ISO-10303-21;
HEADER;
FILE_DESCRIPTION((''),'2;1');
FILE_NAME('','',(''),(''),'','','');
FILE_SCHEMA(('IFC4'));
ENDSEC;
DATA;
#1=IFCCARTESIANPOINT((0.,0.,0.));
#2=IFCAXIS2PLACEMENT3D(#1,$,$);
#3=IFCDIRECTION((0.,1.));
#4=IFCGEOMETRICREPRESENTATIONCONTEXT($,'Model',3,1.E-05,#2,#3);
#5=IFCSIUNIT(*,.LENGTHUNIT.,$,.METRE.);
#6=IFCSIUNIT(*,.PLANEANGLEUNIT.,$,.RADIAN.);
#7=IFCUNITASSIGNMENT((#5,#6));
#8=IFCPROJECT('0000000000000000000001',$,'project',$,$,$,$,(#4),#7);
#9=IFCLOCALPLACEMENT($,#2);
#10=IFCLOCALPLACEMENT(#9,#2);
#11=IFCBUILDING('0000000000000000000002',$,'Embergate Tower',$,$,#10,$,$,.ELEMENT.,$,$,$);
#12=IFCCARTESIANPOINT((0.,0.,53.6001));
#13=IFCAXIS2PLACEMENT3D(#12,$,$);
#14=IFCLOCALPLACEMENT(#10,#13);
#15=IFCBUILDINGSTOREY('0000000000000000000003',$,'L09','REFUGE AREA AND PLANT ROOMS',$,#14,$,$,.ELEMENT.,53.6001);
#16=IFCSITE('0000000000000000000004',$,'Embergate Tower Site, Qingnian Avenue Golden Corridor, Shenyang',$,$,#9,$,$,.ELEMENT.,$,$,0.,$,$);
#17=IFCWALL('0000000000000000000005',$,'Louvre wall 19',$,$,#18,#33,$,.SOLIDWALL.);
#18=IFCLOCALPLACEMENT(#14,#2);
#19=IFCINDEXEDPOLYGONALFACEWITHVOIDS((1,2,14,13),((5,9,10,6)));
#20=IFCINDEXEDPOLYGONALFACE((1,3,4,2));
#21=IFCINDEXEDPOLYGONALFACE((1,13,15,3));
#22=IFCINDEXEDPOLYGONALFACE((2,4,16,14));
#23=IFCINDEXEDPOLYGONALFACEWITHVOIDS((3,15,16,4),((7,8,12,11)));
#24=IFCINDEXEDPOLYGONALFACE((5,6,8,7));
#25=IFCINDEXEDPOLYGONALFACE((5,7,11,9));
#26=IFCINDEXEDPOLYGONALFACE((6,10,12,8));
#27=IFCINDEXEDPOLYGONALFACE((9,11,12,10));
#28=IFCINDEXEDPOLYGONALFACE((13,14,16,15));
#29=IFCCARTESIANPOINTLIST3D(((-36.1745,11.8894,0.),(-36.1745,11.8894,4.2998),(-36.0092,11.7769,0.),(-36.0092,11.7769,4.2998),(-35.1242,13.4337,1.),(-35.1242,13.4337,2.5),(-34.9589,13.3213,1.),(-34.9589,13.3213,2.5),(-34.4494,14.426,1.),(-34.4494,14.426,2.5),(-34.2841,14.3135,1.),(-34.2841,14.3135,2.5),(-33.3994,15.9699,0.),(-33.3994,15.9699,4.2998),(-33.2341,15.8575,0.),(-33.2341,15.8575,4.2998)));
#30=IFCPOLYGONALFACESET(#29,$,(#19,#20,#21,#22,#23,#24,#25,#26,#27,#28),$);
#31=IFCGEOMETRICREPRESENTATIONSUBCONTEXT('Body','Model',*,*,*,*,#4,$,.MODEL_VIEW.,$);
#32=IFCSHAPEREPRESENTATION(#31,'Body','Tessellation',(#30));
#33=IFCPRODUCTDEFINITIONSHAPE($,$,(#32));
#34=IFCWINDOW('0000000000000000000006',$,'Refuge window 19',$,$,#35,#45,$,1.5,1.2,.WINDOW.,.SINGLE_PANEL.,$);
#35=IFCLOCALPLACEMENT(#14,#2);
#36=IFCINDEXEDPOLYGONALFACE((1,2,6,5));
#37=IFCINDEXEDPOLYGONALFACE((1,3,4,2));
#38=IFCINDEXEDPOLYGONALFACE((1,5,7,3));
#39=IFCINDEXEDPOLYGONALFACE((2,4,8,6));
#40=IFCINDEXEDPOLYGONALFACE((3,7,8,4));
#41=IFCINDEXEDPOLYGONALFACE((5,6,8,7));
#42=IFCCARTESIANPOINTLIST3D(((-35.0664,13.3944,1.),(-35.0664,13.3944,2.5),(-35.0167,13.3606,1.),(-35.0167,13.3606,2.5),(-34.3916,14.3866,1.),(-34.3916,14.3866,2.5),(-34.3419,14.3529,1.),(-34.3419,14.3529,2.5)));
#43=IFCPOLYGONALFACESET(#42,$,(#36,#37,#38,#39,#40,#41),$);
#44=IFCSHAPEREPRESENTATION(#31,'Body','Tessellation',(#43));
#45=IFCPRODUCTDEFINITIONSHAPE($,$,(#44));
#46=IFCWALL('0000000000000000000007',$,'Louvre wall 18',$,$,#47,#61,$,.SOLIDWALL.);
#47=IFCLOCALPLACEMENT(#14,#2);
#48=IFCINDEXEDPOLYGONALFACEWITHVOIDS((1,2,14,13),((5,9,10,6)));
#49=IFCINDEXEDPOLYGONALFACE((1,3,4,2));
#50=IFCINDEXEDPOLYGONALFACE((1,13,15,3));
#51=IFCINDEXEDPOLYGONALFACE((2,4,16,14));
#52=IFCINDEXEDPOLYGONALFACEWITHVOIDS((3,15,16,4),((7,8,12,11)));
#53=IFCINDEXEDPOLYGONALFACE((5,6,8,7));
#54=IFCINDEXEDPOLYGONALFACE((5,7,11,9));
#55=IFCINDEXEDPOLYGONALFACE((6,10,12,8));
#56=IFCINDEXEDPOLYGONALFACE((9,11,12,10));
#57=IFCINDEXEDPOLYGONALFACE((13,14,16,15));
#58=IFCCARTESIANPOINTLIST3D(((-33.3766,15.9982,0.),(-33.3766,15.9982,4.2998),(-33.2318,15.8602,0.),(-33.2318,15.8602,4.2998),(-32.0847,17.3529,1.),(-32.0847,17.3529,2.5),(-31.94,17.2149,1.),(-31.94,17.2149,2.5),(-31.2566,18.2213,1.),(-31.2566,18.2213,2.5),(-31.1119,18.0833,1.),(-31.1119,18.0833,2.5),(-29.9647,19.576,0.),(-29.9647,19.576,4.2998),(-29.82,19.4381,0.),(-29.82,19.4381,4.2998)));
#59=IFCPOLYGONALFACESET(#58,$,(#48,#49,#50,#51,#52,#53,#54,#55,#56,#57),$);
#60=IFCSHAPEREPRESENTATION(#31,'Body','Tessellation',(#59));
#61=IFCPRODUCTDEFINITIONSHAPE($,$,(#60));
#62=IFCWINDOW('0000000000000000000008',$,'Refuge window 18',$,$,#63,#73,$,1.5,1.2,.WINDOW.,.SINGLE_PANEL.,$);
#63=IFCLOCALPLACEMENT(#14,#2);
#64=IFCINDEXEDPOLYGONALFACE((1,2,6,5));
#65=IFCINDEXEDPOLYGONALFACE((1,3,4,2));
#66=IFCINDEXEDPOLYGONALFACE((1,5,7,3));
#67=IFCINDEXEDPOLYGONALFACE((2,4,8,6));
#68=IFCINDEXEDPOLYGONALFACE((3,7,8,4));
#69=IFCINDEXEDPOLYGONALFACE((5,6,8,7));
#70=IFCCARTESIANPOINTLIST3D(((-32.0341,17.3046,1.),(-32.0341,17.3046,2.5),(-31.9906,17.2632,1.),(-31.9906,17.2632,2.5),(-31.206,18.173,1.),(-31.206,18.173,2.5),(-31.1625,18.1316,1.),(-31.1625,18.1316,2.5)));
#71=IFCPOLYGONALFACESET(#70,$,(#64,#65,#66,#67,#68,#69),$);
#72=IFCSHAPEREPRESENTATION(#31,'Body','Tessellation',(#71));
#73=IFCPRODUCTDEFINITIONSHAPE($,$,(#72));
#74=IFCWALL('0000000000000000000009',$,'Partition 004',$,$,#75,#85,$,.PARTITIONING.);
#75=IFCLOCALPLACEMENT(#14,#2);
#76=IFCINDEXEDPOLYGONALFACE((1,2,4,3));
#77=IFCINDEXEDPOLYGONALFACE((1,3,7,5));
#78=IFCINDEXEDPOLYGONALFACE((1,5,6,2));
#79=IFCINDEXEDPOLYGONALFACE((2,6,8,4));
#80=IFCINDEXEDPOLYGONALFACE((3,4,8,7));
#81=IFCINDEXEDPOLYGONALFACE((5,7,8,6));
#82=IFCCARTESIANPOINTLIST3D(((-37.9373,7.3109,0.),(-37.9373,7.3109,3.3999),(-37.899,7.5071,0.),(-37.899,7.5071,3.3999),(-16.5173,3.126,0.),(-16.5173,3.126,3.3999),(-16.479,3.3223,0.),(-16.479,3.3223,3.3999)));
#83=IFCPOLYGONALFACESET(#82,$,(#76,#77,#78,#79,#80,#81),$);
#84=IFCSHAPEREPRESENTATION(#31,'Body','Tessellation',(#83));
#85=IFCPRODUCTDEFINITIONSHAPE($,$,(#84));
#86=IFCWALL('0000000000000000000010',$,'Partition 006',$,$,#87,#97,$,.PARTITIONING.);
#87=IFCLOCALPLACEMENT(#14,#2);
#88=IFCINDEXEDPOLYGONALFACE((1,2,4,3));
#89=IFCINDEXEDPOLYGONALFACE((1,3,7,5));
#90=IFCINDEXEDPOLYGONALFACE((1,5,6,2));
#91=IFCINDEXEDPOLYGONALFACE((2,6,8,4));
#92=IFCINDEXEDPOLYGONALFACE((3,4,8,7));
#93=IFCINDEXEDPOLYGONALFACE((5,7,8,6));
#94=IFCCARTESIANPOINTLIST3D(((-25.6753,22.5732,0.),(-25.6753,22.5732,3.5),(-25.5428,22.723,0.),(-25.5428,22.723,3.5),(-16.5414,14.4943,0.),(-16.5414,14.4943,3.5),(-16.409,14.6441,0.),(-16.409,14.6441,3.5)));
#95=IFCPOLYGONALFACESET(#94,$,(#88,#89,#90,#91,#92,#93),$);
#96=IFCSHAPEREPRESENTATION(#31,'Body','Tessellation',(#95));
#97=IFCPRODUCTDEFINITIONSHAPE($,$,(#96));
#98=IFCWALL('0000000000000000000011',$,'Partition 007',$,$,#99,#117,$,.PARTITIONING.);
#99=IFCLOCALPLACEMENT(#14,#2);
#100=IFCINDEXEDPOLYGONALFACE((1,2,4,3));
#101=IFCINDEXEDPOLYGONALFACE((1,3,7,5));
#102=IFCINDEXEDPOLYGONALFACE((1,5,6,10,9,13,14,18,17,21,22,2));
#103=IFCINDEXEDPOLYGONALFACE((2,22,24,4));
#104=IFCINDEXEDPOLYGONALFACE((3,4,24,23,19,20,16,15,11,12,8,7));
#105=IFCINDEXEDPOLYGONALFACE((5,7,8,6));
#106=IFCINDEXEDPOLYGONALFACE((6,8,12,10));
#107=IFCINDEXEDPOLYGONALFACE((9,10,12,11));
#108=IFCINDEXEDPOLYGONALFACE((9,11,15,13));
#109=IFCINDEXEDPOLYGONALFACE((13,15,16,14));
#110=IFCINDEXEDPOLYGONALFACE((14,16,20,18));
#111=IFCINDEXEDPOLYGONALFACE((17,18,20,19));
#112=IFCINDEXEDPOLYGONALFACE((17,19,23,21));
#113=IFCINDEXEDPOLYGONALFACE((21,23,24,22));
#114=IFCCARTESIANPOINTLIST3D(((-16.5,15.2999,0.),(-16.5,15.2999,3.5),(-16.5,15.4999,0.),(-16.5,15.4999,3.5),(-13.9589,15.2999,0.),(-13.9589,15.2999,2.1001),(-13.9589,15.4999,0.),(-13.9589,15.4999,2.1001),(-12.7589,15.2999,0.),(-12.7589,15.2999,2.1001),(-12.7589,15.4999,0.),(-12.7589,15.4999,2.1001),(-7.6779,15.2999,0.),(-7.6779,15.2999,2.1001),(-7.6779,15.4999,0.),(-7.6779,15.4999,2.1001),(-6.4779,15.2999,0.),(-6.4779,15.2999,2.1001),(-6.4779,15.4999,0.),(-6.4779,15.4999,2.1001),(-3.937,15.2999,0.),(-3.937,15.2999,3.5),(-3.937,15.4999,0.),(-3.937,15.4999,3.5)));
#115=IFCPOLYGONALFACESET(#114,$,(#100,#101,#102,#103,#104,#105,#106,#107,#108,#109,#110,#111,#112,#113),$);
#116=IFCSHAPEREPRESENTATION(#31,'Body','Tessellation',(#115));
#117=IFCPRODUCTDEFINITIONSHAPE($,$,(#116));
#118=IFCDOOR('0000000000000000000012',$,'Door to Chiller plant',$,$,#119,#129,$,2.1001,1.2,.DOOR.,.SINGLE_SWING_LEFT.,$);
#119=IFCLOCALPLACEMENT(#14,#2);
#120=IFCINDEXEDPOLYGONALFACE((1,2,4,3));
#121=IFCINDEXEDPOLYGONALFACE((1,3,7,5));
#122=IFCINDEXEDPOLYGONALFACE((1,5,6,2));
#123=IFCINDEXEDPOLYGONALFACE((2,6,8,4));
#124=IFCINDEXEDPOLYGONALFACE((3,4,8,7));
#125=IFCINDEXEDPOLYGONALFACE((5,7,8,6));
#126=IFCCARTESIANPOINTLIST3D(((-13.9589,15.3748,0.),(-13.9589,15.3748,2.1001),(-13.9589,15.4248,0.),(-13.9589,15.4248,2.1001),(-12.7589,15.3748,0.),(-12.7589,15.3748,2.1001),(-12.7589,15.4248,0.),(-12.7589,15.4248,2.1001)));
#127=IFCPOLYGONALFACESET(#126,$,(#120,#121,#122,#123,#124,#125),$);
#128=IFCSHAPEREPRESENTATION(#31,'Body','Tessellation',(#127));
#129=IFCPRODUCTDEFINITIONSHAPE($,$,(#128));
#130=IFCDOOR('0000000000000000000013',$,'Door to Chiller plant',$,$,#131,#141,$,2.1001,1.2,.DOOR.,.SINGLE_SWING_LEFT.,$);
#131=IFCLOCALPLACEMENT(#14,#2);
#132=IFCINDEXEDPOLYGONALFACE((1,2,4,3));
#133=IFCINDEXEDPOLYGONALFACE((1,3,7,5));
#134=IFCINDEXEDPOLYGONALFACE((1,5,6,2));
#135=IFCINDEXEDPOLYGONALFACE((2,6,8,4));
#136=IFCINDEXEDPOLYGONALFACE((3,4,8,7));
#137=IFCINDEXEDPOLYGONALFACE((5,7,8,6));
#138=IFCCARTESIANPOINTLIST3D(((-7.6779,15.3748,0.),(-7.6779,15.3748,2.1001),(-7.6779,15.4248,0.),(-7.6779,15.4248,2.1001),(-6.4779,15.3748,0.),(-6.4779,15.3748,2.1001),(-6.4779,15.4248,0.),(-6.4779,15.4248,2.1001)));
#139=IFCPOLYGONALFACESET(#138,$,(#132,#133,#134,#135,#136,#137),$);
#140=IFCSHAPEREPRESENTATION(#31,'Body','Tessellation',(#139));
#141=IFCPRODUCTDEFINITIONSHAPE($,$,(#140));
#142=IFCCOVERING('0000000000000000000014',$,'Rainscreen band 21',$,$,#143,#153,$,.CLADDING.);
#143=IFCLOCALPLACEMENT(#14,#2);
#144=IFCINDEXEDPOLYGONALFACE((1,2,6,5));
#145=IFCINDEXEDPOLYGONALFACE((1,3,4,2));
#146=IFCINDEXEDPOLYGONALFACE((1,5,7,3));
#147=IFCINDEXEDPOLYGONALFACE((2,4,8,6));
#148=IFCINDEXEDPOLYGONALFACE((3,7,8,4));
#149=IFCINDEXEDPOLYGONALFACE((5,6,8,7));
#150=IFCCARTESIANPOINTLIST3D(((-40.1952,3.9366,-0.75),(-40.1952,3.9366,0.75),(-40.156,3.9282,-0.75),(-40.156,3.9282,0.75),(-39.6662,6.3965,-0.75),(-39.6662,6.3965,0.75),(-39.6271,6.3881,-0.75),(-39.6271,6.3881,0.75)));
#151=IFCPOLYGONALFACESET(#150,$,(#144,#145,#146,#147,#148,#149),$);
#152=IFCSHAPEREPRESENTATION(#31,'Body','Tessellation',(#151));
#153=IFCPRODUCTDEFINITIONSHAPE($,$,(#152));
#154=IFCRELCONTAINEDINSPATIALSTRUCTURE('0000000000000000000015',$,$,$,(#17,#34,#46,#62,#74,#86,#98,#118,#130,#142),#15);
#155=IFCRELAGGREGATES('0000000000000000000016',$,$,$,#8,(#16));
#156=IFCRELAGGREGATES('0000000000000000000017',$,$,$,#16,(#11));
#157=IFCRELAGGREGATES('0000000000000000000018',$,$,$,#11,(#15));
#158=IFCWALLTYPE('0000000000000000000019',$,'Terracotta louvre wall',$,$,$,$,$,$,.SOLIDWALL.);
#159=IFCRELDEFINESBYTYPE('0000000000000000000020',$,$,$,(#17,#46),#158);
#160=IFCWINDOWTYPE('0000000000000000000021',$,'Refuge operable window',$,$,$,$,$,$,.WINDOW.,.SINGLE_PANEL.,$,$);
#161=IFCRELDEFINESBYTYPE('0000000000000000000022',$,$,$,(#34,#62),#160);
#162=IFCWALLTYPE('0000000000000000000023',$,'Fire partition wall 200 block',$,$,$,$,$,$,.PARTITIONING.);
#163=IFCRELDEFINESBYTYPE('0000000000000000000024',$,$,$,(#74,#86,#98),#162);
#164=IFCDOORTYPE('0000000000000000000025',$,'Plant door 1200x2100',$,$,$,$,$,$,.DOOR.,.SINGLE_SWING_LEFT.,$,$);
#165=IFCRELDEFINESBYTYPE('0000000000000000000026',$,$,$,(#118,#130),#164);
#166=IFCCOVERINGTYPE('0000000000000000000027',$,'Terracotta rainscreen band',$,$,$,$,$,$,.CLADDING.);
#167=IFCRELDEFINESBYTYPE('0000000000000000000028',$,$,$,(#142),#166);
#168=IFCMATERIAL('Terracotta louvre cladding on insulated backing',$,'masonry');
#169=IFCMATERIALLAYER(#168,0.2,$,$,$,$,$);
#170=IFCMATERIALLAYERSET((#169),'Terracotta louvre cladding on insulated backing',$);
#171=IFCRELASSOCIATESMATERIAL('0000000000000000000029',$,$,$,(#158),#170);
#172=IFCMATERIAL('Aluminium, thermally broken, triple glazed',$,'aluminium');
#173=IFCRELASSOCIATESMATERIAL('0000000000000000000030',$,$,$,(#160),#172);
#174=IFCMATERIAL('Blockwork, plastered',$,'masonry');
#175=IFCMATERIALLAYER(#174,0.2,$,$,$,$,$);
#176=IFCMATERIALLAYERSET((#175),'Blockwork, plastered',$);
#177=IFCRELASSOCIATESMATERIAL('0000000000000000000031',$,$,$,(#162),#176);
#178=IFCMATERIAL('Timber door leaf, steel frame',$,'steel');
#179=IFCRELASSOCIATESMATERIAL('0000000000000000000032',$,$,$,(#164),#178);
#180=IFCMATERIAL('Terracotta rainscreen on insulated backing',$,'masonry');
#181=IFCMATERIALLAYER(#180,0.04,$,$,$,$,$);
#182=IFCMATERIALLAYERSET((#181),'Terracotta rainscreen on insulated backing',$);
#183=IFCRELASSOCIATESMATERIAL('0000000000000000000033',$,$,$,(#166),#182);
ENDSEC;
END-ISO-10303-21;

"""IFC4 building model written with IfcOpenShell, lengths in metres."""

from ifc_helpers import new_model, si_unit, direction, frame, frame_2d, origin, origin_2d, place, context, subcontext, project, spatial, rectangle, extrude, source, transform, mapped, material, layer, layer_set, type_object, element, fill, save


model = new_model("IFC4")

# Units and contexts
model_context = context("Model", 3, precision=1e-05, world=origin(), true_north=direction((0.0, 1.0)))
body_context = subcontext(model_context, "Body", "Model", "MODEL_VIEW")
ifc_project = project(units=[si_unit("LENGTHUNIT", "METRE"), si_unit("PLANEANGLEUNIT", "RADIAN")], contexts=[model_context])

# Site, building, storey
site_placement = place(None, origin())
site = spatial("IfcSite", under=ifc_project, at=site_placement, Name="Embergate Tower Site, Qingnian Avenue Golden Corridor, Shenyang", CompositionType="ELEMENT", RefElevation=0.0)
building_placement = place(site_placement, origin())
building = spatial("IfcBuilding", under=site, at=building_placement, Name="Embergate Tower", CompositionType="ELEMENT")
storey_placement = place(building_placement, frame((0.0, 0.0, 53.6001)))
storey = spatial("IfcBuildingStorey", under=building, at=storey_placement, Name="L09", Description="REFUGE AREA AND PLANT ROOMS", CompositionType="ELEMENT", Elevation=53.6001)

# Walls, openings, windows
ifc_material_1 = material(Name="Terracotta louvre cladding on insulated backing", Category="masonry")
ifc_layer_1 = layer(ifc_material_1, 0.2)
ifc_layer_set_1 = layer_set([ifc_layer_1], Name="Terracotta louvre cladding on insulated backing")
wall_type_1 = type_object("IfcWallType", Name="Terracotta louvre wall", PredefinedType="SOLIDWALL", material=ifc_layer_set_1)
shared_shape_1 = source(origin(), body_context, "Body", "SweptSolid", [
    extrude(rectangle(XDim=1.2, YDim=1.5, at=frame_2d((0.6001, 0.75))), frame((0.0, 0.1099, 0.0), z_axis=(0.0, -1.0, 0.0), x_axis=(1.0, 0.0, 0.0)), (0.0, 0.0, 1.0), 0.22),
])
ifc_material_2 = material(Name="Aluminium, thermally broken, triple glazed", Category="aluminium")
window_type = type_object("IfcWindowType", Name="Refuge operable window", PartitioningType="SINGLE_PANEL", PredefinedType="WINDOW", material=ifc_material_2)
shared_shape_2 = source(origin(), body_context, "Body", "SweptSolid", [
    extrude(rectangle(XDim=1.2, YDim=1.5, at=frame_2d((0.6001, 0.75))), frame((0.0, 0.03, 0.0), z_axis=(0.0, -1.0, 0.0), x_axis=(1.0, 0.0, 0.0)), (0.0, 0.0, 1.0), 0.0601),
])
shared_shape_3 = source(origin(), body_context, "Body", "SweptSolid", [
    extrude(rectangle(XDim=4.9348, YDim=0.2, at=frame_2d((2.4673, 0.0))), origin(), (0.0, 0.0, 1.0), 4.2998),
])
wall_1_placement = place(storey_placement, frame((-36.0918, 11.8333, 0.0), z_axis=(0.0, 0.0, 1.0), x_axis=(0.56236, 0.826892, 0.0)))
wall_1 = element("IfcWall", 1, at=wall_1_placement, inside=storey, type_object=wall_type_1, Name="Louvre wall 19", PredefinedType="SOLIDWALL", context=body_context, shape_type="MappedRepresentation", body=[
    mapped(shared_shape_3, transform((0.0, 0.0, 0.0))),
])
opening_1_placement = place(wall_1_placement, frame((1.8674, 0.0, 1.0)))
opening_1 = element("IfcOpeningElement", 2, at=opening_1_placement, cuts=wall_1, PredefinedType="OPENING", context=body_context, shape_type="MappedRepresentation", body=[
    mapped(shared_shape_1, transform((0.0, 0.0, 0.0))),
])
window_1_placement = place(opening_1_placement, origin())
window_1 = element("IfcWindow", 3, at=window_1_placement, inside=storey, type_object=window_type, Name="Refuge window 19", OverallHeight=1.5, OverallWidth=1.2, PartitioningType="SINGLE_PANEL", PredefinedType="WINDOW", context=body_context, shape_type="MappedRepresentation", body=[
    mapped(shared_shape_2, transform((0.0, 0.0, 0.0))),
])
fill(opening_1, window_1)
shared_shape_4 = source(origin(), body_context, "Body", "SweptSolid", [
    extrude(rectangle(XDim=4.9438, YDim=0.2, at=frame_2d((2.4719, 0.0))), origin(), (0.0, 0.0, 1.0), 4.2998),
])
wall_2_placement = place(storey_placement, frame((-33.3042, 15.9292, 0.0), z_axis=(0.0, 0.0, 1.0), x_axis=(0.690117, 0.723697, 0.0)))
wall_2 = element("IfcWall", 4, at=wall_2_placement, inside=storey, type_object=wall_type_1, Name="Louvre wall 18", PredefinedType="SOLIDWALL", context=body_context, shape_type="MappedRepresentation", body=[
    mapped(shared_shape_4, transform((0.0, 0.0, 0.0))),
])
opening_2_placement = place(wall_2_placement, frame((1.8718, 0.0, 1.0)))
opening_2 = element("IfcOpeningElement", 5, at=opening_2_placement, cuts=wall_2, PredefinedType="OPENING", context=body_context, shape_type="MappedRepresentation", body=[
    mapped(shared_shape_1, transform((0.0, 0.0, 0.0))),
])
window_2_placement = place(opening_2_placement, origin())
window_2 = element("IfcWindow", 6, at=window_2_placement, inside=storey, type_object=window_type, Name="Refuge window 18", OverallHeight=1.5, OverallWidth=1.2, PartitioningType="SINGLE_PANEL", PredefinedType="WINDOW", context=body_context, shape_type="MappedRepresentation", body=[
    mapped(shared_shape_2, transform((0.0, 0.0, 0.0))),
])
fill(opening_2, window_2)

# Walls
ifc_material_3 = material(Name="Blockwork, plastered", Category="masonry")
ifc_layer_2 = layer(ifc_material_3, 0.2)
ifc_layer_set_2 = layer_set([ifc_layer_2], Name="Blockwork, plastered")
wall_type_2 = type_object("IfcWallType", Name="Fire partition wall 200 block", PredefinedType="PARTITIONING", material=ifc_layer_set_2)
shared_shape_5 = source(origin(), body_context, "Body", "SweptSolid", [
    extrude(rectangle(XDim=21.825, YDim=0.2, at=frame_2d((10.9126, 0.0))), origin(), (0.0, 0.0, 1.0), 3.3999),
])
wall_3_placement = place(storey_placement, frame((-16.498, 3.2241, 0.0), z_axis=(0.0, 0.0, 1.0), x_axis=(-0.981445, 0.191745, 0.0)))
element("IfcWall", 7, at=wall_3_placement, inside=storey, type_object=wall_type_2, Name="Partition 004", PredefinedType="PARTITIONING", context=body_context, shape_type="MappedRepresentation", body=[
    mapped(shared_shape_5, transform((0.0, 0.0, 0.0))),
])
shared_shape_6 = source(origin(), body_context, "Body", "SweptSolid", [
    extrude(rectangle(XDim=12.1941, YDim=0.2, at=frame_2d((6.0972, 0.0))), origin(), (0.0, 0.0, 1.0), 3.5),
])
wall_4_placement = place(storey_placement, frame((-16.4751, 14.5691, 0.0), z_axis=(0.0, 0.0, 1.0), x_axis=(-0.749039, 0.662526, 0.0)))
element("IfcWall", 8, at=wall_4_placement, inside=storey, type_object=wall_type_2, Name="Partition 006", PredefinedType="PARTITIONING", context=body_context, shape_type="MappedRepresentation", body=[
    mapped(shared_shape_6, transform((0.0, 0.0, 0.0))),
])

# Wall, openings, doors
shared_shape_7 = source(origin(), body_context, "Body", "SweptSolid", [
    extrude(rectangle(XDim=12.563, YDim=0.2, at=frame_2d((6.2815, 0.0))), origin(), (0.0, 0.0, 1.0), 3.5),
])
wall_5_placement = place(storey_placement, frame((-16.5, 15.3999, 0.0), z_axis=(0.0, 0.0, 1.0), x_axis=(1.0, 0.0, 0.0)))
wall_5 = element("IfcWall", 9, at=wall_5_placement, inside=storey, type_object=wall_type_2, Name="Partition 007", PredefinedType="PARTITIONING", context=body_context, shape_type="MappedRepresentation", body=[
    mapped(shared_shape_7, transform((0.0, 0.0, 0.0))),
])
shared_shape_8 = source(origin(), body_context, "Body", "SweptSolid", [
    extrude(rectangle(XDim=1.2, YDim=2.1001, at=frame_2d((0.6001, 1.05))), frame((0.0, 0.1099, 0.0), z_axis=(0.0, -1.0, 0.0), x_axis=(1.0, 0.0, 0.0)), (0.0, 0.0, 1.0), 0.22),
])
opening_3_placement = place(wall_5_placement, frame((2.541, 0.0, 0.0)))
opening_3 = element("IfcOpeningElement", 10, at=opening_3_placement, cuts=wall_5, PredefinedType="OPENING", context=body_context, shape_type="MappedRepresentation", body=[
    mapped(shared_shape_8, transform((0.0, 0.0, 0.0))),
])
opening_4_placement = place(wall_5_placement, frame((8.822, 0.0, 0.0)))
opening_4 = element("IfcOpeningElement", 11, at=opening_4_placement, cuts=wall_5, PredefinedType="OPENING", context=body_context, shape_type="MappedRepresentation", body=[
    mapped(shared_shape_8, transform((0.0, 0.0, 0.0))),
])
ifc_material_4 = material(Name="Timber door leaf, steel frame", Category="steel")
door_type = type_object("IfcDoorType", Name="Plant door 1200x2100", OperationType="SINGLE_SWING_LEFT", PredefinedType="DOOR", material=ifc_material_4)
shared_shape_9 = source(origin(), body_context, "Body", "SweptSolid", [
    extrude(rectangle(XDim=1.2, YDim=2.1001, at=frame_2d((0.6001, 1.05))), frame((0.0, 0.0249, 0.0), z_axis=(0.0, -1.0, 0.0), x_axis=(1.0, 0.0, 0.0)), (0.0, 0.0, 1.0), 0.05),
])
door_1_placement = place(opening_3_placement, origin())
door_1 = element("IfcDoor", 12, at=door_1_placement, inside=storey, type_object=door_type, Name="Door to Chiller plant", OperationType="SINGLE_SWING_LEFT", OverallHeight=2.1001, OverallWidth=1.2, PredefinedType="DOOR", context=body_context, shape_type="MappedRepresentation", body=[
    mapped(shared_shape_9, transform((0.0, 0.0, 0.0))),
])
fill(opening_3, door_1)
door_2_placement = place(opening_4_placement, origin())
door_2 = element("IfcDoor", 13, at=door_2_placement, inside=storey, type_object=door_type, Name="Door to Chiller plant", OperationType="SINGLE_SWING_LEFT", OverallHeight=2.1001, OverallWidth=1.2, PredefinedType="DOOR", context=body_context, shape_type="MappedRepresentation", body=[
    mapped(shared_shape_9, transform((0.0, 0.0, 0.0))),
])
fill(opening_4, door_2)

# Covering
ifc_material_5 = material(Name="Terracotta rainscreen on insulated backing", Category="masonry")
ifc_layer_3 = layer(ifc_material_5, 0.04)
ifc_layer_set_3 = layer_set([ifc_layer_3], Name="Terracotta rainscreen on insulated backing")
covering_type = type_object("IfcCoveringType", Name="Terracotta rainscreen band", PredefinedType="CLADDING", material=ifc_layer_set_3)
shared_shape_10 = source(origin(), body_context, "Body", "SweptSolid", [
    extrude(rectangle(XDim=2.5161, YDim=0.04, at=origin_2d()), origin(), (0.0, 0.0, 1.0), 1.5),
])
covering_1_placement = place(storey_placement, frame((-39.9111, 5.1624, -0.75), z_axis=(0.0, 0.0, 1.0), x_axis=(-0.210235, -0.977651, 0.0)))
element("IfcCovering", 14, at=covering_1_placement, inside=storey, type_object=covering_type, Name="Rainscreen band 21", PredefinedType="CLADDING", context=body_context, shape_type="MappedRepresentation", body=[
    mapped(shared_shape_10, transform((0.0, 0.0, 0.0))),
])

save(model, "model.ifc")
